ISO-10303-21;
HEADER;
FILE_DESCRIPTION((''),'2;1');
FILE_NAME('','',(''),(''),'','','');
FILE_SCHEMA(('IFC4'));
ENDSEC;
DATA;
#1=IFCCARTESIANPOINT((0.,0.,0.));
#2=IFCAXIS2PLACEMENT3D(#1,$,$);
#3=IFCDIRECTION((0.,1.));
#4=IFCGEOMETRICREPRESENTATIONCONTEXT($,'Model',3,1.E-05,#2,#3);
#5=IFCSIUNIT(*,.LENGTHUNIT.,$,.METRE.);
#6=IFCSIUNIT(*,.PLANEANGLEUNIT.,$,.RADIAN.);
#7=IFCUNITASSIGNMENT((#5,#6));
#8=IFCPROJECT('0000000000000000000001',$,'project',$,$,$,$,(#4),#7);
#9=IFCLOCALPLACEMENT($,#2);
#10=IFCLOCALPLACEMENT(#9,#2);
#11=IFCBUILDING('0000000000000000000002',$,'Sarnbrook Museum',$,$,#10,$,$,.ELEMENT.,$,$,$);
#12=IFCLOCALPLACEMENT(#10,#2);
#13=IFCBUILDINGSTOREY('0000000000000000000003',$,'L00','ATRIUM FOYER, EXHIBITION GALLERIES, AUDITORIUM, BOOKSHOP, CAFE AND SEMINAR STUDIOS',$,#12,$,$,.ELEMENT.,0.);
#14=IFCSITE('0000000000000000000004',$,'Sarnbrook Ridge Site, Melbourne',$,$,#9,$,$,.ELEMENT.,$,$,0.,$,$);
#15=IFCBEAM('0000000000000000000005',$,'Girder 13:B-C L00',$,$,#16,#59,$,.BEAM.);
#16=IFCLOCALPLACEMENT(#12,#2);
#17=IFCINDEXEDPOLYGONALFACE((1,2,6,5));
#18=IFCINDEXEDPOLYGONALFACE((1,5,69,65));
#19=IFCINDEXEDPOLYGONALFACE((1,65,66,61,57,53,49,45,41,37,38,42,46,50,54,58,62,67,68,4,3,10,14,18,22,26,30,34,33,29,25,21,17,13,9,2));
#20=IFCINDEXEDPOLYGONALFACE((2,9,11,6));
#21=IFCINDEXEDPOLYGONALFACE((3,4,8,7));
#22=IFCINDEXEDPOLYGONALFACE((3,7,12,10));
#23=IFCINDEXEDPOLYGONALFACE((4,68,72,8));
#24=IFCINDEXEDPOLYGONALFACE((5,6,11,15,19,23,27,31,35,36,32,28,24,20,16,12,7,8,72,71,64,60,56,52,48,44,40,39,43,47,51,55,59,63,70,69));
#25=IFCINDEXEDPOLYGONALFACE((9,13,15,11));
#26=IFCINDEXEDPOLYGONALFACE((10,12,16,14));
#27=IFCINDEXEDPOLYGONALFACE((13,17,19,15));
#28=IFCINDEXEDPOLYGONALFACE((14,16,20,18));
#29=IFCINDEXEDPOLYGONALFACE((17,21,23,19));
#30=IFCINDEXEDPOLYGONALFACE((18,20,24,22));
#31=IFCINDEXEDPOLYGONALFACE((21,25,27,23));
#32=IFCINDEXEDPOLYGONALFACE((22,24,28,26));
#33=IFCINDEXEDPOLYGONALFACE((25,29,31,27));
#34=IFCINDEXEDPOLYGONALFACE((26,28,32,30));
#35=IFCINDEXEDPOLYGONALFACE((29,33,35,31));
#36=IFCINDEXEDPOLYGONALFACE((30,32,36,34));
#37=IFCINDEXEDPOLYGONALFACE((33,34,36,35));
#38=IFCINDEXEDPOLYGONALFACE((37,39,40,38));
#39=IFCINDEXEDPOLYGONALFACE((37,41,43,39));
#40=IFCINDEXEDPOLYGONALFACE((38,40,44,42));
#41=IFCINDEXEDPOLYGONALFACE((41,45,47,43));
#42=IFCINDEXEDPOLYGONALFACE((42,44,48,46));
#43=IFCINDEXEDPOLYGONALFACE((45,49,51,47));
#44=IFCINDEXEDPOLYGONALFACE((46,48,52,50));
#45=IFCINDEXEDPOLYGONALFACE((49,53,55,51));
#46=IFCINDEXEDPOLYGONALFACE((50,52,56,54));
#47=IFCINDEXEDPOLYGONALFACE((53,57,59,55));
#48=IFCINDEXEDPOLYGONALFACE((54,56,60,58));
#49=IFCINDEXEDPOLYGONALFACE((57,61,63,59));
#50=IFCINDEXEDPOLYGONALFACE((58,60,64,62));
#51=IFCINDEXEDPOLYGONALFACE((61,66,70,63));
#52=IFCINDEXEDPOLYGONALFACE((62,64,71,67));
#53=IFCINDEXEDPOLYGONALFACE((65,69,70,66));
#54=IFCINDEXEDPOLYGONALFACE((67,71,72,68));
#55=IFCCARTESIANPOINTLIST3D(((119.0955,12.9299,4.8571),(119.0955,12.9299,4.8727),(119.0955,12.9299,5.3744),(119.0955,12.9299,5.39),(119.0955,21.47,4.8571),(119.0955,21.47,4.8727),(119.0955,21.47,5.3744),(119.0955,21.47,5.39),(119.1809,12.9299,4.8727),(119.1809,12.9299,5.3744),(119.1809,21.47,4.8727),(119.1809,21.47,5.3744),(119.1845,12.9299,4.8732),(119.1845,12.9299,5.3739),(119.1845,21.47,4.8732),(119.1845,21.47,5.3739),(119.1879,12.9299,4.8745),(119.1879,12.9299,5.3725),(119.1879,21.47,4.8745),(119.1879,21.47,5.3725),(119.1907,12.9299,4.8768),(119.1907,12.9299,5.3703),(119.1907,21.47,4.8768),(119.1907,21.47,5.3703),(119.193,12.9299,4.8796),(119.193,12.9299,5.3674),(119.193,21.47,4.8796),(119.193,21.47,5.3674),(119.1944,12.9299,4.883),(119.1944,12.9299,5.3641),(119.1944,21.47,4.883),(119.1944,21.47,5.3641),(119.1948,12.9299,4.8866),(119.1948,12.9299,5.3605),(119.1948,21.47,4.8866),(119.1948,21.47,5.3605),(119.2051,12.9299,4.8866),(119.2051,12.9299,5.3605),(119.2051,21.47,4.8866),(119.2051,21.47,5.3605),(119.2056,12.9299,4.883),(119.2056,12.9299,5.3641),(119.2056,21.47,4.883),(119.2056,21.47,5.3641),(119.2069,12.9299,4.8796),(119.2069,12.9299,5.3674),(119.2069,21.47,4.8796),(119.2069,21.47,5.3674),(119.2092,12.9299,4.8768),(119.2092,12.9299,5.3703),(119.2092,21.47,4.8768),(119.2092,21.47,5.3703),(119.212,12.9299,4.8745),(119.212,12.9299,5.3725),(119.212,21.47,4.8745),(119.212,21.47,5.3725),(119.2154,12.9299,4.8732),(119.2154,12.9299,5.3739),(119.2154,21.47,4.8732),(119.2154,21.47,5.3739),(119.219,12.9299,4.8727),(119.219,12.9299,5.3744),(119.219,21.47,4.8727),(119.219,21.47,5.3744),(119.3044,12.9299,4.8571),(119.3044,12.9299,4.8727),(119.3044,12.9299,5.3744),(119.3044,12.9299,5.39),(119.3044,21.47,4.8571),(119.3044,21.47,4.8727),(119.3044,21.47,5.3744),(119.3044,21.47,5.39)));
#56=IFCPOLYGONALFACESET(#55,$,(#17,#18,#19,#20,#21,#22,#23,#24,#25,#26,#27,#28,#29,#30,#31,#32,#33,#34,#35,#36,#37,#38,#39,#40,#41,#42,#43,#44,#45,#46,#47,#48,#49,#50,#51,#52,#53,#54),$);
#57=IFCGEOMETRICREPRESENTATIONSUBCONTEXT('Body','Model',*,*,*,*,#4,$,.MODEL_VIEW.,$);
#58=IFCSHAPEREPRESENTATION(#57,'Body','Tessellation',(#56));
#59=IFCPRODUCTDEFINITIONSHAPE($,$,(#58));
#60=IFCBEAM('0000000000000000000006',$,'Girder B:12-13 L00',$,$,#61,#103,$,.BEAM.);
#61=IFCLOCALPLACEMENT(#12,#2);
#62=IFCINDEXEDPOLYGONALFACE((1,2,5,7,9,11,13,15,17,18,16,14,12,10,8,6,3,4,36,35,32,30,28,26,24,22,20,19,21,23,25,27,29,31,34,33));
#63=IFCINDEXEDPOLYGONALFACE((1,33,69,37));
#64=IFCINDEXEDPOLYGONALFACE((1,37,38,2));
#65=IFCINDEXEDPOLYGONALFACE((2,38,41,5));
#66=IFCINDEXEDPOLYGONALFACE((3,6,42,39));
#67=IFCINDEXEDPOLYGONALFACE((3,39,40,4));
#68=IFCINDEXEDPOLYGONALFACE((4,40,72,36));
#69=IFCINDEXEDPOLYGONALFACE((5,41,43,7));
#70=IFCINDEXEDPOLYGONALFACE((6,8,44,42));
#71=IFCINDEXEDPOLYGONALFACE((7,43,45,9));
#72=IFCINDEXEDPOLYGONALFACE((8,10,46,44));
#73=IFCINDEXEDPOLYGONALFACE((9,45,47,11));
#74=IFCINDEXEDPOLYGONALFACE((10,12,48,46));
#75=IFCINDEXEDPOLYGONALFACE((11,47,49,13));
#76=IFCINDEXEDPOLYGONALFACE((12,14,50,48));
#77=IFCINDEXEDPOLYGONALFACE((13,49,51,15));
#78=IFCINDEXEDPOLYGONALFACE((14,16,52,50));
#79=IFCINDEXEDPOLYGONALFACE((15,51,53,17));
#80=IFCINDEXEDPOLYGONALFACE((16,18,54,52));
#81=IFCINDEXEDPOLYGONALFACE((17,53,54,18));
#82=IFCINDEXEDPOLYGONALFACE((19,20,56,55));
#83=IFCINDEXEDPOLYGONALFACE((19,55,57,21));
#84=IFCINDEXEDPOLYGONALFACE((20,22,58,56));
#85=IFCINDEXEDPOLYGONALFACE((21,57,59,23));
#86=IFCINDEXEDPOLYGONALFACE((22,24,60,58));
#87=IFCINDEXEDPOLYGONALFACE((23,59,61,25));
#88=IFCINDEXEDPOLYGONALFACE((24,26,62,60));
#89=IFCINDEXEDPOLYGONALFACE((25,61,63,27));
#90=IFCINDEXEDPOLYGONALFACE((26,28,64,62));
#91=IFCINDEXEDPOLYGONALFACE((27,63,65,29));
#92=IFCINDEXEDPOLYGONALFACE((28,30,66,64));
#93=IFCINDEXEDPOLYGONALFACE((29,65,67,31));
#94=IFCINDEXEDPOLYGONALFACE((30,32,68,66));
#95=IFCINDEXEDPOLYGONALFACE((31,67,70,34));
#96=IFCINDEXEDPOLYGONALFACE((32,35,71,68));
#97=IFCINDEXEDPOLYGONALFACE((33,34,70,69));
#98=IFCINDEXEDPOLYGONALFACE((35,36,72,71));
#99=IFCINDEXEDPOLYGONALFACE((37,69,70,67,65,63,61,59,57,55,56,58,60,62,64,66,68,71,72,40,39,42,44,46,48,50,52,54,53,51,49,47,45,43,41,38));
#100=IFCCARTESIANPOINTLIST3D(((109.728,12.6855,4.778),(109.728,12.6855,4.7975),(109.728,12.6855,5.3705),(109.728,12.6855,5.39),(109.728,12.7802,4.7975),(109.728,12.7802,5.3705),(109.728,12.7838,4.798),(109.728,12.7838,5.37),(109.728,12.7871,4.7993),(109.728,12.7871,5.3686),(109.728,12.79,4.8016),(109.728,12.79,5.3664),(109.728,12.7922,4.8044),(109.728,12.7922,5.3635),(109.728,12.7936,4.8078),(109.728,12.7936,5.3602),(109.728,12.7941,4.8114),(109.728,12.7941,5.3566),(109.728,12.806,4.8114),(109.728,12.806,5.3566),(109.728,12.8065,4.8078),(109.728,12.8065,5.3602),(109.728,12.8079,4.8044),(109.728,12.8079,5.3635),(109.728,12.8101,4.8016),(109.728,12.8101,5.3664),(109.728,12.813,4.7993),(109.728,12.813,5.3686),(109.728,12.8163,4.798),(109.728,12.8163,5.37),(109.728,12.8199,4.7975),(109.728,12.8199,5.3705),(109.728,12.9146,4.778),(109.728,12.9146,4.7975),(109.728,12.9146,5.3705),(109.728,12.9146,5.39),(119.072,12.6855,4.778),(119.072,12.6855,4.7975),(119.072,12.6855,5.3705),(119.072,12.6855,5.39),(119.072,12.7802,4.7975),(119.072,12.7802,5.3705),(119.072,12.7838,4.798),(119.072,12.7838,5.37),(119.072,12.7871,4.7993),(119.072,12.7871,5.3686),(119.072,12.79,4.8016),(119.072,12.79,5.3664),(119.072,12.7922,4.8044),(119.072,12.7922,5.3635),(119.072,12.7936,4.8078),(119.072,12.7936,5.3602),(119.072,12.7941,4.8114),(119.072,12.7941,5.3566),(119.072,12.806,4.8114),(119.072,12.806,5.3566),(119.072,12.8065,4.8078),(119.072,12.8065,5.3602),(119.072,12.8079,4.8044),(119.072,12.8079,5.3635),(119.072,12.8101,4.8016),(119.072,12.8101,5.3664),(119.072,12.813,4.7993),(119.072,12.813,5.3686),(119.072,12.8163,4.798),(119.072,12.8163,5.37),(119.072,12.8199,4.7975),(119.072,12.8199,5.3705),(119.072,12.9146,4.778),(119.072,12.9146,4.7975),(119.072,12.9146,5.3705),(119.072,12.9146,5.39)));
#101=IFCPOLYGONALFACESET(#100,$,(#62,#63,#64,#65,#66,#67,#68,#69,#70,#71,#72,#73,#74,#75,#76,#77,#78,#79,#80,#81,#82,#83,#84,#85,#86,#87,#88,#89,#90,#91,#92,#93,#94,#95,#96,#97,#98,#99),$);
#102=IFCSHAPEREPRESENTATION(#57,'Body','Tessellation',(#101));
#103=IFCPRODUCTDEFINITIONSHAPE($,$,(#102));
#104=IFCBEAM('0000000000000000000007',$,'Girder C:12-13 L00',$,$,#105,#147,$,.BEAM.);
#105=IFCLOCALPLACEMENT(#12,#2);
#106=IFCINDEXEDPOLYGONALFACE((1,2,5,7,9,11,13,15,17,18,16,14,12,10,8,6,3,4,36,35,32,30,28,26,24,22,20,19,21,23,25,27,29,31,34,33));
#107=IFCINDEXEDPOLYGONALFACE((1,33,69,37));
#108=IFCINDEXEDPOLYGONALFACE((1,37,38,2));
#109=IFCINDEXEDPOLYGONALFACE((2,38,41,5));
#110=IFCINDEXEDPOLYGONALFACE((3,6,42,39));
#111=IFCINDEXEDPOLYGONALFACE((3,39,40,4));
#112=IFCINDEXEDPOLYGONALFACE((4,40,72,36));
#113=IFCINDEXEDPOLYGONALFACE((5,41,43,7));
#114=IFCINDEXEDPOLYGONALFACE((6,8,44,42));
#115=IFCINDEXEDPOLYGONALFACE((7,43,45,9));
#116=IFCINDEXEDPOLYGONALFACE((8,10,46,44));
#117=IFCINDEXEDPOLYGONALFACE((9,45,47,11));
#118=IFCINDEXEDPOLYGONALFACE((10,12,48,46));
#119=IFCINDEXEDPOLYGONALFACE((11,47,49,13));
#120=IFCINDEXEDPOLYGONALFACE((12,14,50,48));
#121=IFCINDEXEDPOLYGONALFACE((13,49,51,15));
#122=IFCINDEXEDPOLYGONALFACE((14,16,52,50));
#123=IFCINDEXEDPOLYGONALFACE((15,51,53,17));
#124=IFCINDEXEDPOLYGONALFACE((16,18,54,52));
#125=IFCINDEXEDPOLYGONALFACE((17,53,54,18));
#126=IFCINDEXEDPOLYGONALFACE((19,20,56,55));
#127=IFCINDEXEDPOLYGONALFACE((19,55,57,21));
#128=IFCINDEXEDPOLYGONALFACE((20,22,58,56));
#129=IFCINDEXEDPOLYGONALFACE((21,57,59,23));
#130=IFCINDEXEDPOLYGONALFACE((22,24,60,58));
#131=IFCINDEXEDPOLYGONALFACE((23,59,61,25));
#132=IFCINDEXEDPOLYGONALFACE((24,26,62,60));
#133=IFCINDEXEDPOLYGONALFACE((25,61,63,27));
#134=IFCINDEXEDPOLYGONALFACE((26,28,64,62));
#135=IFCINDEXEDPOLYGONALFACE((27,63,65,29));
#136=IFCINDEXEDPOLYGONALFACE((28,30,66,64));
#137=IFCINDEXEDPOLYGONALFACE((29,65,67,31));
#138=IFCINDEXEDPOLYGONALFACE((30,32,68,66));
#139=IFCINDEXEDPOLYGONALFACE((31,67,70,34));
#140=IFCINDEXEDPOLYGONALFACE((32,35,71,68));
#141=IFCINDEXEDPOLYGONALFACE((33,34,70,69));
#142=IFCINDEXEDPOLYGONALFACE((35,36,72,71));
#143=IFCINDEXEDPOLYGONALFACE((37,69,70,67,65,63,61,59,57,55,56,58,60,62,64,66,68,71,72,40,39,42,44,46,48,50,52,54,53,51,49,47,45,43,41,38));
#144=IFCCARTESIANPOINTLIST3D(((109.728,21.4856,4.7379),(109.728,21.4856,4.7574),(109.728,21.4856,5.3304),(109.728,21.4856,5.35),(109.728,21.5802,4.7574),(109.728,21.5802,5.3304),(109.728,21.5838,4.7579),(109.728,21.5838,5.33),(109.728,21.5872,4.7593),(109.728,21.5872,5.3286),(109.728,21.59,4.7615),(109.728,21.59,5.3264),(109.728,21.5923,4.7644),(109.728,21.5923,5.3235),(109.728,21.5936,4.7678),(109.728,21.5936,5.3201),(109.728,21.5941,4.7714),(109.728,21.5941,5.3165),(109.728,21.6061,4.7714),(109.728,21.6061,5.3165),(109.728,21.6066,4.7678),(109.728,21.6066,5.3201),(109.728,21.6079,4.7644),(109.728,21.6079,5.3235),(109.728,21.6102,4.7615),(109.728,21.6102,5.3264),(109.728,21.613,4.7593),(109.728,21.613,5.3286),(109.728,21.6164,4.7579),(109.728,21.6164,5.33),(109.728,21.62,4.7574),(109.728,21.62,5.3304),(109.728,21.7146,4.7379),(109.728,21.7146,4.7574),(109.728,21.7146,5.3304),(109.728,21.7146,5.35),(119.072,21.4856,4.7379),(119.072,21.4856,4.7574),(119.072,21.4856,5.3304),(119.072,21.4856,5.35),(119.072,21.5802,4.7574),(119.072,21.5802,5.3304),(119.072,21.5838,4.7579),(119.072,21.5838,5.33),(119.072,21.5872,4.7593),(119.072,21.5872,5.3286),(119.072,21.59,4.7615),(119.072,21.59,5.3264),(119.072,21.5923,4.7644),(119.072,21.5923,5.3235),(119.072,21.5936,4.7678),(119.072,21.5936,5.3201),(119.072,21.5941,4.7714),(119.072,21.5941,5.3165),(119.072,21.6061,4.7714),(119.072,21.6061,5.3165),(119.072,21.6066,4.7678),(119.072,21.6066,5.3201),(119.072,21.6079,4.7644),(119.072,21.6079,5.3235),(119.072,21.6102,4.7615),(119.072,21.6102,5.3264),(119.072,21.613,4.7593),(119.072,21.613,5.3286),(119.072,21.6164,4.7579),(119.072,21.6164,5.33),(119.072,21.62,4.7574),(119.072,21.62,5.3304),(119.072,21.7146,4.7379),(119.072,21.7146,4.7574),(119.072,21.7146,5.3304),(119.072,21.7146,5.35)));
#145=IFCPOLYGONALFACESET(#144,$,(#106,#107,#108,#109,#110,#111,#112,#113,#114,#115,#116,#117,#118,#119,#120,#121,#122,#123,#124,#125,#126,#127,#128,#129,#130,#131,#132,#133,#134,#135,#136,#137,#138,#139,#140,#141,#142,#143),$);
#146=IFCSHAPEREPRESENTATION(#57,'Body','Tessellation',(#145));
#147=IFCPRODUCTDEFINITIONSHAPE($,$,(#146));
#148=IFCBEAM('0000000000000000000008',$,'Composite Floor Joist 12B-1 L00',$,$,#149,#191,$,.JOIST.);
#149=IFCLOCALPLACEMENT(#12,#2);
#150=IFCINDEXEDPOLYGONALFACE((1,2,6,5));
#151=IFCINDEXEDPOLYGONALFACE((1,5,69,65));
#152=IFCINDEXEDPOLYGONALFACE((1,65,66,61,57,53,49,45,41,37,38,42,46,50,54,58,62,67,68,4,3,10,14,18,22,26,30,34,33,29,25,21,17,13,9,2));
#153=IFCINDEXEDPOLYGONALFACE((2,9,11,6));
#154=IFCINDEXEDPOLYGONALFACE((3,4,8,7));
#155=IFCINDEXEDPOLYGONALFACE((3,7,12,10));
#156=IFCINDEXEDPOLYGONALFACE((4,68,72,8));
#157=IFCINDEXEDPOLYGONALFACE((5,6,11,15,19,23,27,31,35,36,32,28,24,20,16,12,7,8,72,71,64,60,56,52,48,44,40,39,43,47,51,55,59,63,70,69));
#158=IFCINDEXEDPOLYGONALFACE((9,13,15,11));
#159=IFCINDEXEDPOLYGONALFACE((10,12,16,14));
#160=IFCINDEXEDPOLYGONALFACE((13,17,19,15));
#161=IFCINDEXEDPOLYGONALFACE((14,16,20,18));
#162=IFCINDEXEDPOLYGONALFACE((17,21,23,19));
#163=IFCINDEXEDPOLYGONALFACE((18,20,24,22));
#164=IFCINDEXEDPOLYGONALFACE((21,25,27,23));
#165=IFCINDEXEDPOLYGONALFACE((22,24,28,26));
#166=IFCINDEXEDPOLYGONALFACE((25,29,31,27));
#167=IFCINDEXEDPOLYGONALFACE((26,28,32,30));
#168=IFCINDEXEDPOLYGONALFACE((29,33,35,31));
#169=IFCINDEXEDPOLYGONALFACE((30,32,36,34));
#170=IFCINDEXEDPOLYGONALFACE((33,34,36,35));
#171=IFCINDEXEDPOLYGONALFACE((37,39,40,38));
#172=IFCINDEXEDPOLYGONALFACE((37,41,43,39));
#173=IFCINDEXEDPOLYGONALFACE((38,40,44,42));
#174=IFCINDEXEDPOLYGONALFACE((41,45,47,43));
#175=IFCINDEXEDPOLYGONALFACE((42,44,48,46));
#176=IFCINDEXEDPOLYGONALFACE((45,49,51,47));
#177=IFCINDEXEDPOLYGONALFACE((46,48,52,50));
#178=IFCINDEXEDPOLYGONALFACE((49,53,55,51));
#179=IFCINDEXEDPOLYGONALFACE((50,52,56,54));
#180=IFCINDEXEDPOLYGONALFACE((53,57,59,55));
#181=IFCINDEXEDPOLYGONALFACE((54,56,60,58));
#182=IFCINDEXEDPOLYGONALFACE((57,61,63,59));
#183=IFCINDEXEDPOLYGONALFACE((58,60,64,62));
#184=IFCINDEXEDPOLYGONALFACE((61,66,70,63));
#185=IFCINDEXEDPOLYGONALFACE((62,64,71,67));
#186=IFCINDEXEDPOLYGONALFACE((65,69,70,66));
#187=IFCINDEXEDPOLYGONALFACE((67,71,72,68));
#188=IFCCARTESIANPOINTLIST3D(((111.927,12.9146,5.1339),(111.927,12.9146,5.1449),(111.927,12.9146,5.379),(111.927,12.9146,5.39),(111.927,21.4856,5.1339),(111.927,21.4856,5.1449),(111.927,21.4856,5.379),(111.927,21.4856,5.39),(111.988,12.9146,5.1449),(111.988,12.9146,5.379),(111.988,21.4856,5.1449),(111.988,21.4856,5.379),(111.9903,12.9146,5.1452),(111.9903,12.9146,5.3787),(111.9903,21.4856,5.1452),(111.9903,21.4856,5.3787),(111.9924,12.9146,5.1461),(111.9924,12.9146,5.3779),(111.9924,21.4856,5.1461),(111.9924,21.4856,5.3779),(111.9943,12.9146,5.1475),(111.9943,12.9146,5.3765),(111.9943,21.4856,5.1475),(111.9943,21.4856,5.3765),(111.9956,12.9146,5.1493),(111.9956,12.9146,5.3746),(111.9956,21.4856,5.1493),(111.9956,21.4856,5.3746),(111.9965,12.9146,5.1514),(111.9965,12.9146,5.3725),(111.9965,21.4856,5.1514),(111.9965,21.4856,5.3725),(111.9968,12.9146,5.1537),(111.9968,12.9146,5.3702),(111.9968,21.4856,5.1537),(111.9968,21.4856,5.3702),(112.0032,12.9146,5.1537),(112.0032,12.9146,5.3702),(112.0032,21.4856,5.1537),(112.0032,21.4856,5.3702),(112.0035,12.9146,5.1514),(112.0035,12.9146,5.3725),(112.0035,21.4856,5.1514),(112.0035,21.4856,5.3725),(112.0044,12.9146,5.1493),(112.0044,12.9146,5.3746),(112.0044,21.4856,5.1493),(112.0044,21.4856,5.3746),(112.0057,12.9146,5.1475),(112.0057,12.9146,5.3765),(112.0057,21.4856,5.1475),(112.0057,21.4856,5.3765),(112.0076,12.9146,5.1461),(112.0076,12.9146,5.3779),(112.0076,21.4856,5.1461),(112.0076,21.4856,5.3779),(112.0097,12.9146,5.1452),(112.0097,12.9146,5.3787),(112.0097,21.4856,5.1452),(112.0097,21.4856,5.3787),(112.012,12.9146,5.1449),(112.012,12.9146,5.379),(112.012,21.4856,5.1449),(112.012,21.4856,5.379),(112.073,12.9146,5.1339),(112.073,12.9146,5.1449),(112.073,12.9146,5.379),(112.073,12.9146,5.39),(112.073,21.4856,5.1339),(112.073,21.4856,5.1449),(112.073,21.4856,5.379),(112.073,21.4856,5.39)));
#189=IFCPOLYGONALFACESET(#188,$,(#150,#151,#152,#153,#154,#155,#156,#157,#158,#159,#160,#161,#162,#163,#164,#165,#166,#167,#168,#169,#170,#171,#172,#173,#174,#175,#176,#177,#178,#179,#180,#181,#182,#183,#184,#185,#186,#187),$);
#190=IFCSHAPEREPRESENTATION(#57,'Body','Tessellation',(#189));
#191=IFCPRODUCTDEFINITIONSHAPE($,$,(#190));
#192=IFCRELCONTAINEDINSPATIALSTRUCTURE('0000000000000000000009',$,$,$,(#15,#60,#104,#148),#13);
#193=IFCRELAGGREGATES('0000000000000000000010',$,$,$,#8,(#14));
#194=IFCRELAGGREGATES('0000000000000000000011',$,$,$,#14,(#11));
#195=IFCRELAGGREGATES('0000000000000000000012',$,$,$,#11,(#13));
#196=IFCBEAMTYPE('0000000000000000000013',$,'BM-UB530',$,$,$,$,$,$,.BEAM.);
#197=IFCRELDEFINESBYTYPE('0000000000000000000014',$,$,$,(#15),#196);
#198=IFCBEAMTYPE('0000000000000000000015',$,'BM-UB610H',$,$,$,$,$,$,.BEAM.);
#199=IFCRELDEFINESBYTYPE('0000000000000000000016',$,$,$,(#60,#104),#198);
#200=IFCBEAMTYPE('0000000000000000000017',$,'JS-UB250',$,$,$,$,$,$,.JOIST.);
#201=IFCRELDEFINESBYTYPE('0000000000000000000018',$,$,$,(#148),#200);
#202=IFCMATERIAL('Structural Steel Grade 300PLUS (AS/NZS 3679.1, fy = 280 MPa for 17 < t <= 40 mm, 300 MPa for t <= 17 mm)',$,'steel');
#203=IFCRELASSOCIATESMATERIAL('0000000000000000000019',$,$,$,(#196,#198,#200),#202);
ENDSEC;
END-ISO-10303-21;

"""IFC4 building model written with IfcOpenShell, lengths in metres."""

from ifc_helpers import new_model, si_unit, direction, frame, origin, origin_2d, place, context, subcontext, project, spatial, i_section, extrude, material, material_profile, profile_set, type_object, element, save


model = new_model("IFC4")

# Units and contexts
model_context = context("Model", 3, precision=1e-05, world=origin(), true_north=direction((0.0, 1.0)))
body_context = subcontext(model_context, "Body", "Model", "MODEL_VIEW")
ifc_project = project(units=[si_unit("LENGTHUNIT", "METRE"), si_unit("PLANEANGLEUNIT", "RADIAN")], contexts=[model_context])

# Site, building, storey
site_placement = place(None, origin())
site = spatial("IfcSite", under=ifc_project, at=site_placement, Name="Sarnbrook Ridge Site, Melbourne", CompositionType="ELEMENT", RefElevation=0.0)
building_placement = place(site_placement, origin())
building = spatial("IfcBuilding", under=site, at=building_placement, Name="Sarnbrook Museum", CompositionType="ELEMENT")
storey_placement = place(building_placement, origin())
storey = spatial("IfcBuildingStorey", under=building, at=storey_placement, Name="L00", Description="ATRIUM FOYER, EXHIBITION GALLERIES, AUDITORIUM, BOOKSHOP, CAFE AND SEMINAR STUDIOS", CompositionType="ELEMENT", Elevation=0.0)

# Shared definitions
ifc_material_1 = material(Name="Structural Steel Grade 300PLUS (AS/NZS 3679.1, fy = 280 MPa for 17 < t <= 40 mm, 300 MPa for t <= 17 mm)", Category="steel")

# Beams
ifc_material_profile_1 = material_profile(ifc_material_1, i_section(OverallWidth=0.209, OverallDepth=0.533, WebThickness=0.0103, FlangeThickness=0.0156, FilletRadius=0.0139, at=origin_2d()), Name="530UB92.4")
ifc_profile_set_1 = profile_set([ifc_material_profile_1], Name="Structural Steel Grade 300PLUS (AS/NZS 3679.1, fy = 280 MPa for 17 < t <= 40 mm, 300 MPa for t <= 17 mm)")
beam_type_1 = type_object("IfcBeamType", Name="BM-UB530", PredefinedType="BEAM", material=ifc_profile_set_1)
beam_1_placement = place(storey_placement, frame((119.2, 12.9299, 5.1235), z_axis=(0.0, 1.0, 0.0), x_axis=(-1.0, 0.0, 0.0)))
element("IfcBeam", 1, at=beam_1_placement, inside=storey, type_object=beam_type_1, Name="Girder 13:B-C L00", PredefinedType="BEAM", context=body_context, shape_type="SweptSolid", body=[
    extrude(i_section(OverallWidth=0.209, OverallDepth=0.533, WebThickness=0.0103, FlangeThickness=0.0156, FilletRadius=0.0139, at=origin_2d()), origin(), (0.0, 0.0, 1.0), 8.54),
])
ifc_material_profile_2 = material_profile(ifc_material_1, i_section(OverallWidth=0.229, OverallDepth=0.6121, WebThickness=0.012, FlangeThickness=0.0195, FilletRadius=0.0139, at=origin_2d()), Name="610UB125")
ifc_profile_set_2 = profile_set([ifc_material_profile_2], Name="Structural Steel Grade 300PLUS (AS/NZS 3679.1, fy = 280 MPa for 17 < t <= 40 mm, 300 MPa for t <= 17 mm)")
beam_type_2 = type_object("IfcBeamType", Name="BM-UB610H", PredefinedType="BEAM", material=ifc_profile_set_2)
for number, where, z_axis, x_axis, name in (
    (2, (109.728, 12.8, 5.084), (1.0, 0.0, 0.0), (0.0, 1.0, 0.0), "Girder B:12-13 L00"),
    (3, (109.728, 21.6001, 5.0439), (1.0, 0.0, 0.0), (0.0, 1.0, 0.0), "Girder C:12-13 L00"),
):
    element("IfcBeam", number, at=place(storey_placement, frame(where, z_axis=z_axis, x_axis=x_axis)), inside=storey, type_object=beam_type_2, Name=name, PredefinedType="BEAM", context=body_context, shape_type="SweptSolid", body=[
        extrude(i_section(OverallWidth=0.229, OverallDepth=0.6121, WebThickness=0.012, FlangeThickness=0.0195, FilletRadius=0.0139, at=origin_2d()), origin(), (0.0, 0.0, 1.0), 9.344),
    ])
ifc_material_profile_3 = material_profile(ifc_material_1, i_section(OverallWidth=0.146, OverallDepth=0.2561, WebThickness=0.0063, FlangeThickness=0.011, FilletRadius=0.0088, at=origin_2d()), Name="250UB37.3")
ifc_profile_set_3 = profile_set([ifc_material_profile_3], Name="Structural Steel Grade 300PLUS (AS/NZS 3679.1, fy = 280 MPa for 17 < t <= 40 mm, 300 MPa for t <= 17 mm)")
beam_type_3 = type_object("IfcBeamType", Name="JS-UB250", PredefinedType="JOIST", material=ifc_profile_set_3)
for number, where, z_axis, x_axis, name in (
    (4, (112.0, 12.9146, 5.262), (0.0, 1.0, 0.0), (-1.0, 0.0, 0.0), "Composite Floor Joist 12B-1 L00"),
):
    element("IfcBeam", number, at=place(storey_placement, frame(where, z_axis=z_axis, x_axis=x_axis)), inside=storey, type_object=beam_type_3, Name=name, PredefinedType="JOIST", context=body_context, shape_type="SweptSolid", body=[
        extrude(i_section(OverallWidth=0.146, OverallDepth=0.2561, WebThickness=0.0063, FlangeThickness=0.011, FilletRadius=0.0088, at=origin_2d()), origin(), (0.0, 0.0, 1.0), 8.571),
    ])

save(model, "model.ifc")
